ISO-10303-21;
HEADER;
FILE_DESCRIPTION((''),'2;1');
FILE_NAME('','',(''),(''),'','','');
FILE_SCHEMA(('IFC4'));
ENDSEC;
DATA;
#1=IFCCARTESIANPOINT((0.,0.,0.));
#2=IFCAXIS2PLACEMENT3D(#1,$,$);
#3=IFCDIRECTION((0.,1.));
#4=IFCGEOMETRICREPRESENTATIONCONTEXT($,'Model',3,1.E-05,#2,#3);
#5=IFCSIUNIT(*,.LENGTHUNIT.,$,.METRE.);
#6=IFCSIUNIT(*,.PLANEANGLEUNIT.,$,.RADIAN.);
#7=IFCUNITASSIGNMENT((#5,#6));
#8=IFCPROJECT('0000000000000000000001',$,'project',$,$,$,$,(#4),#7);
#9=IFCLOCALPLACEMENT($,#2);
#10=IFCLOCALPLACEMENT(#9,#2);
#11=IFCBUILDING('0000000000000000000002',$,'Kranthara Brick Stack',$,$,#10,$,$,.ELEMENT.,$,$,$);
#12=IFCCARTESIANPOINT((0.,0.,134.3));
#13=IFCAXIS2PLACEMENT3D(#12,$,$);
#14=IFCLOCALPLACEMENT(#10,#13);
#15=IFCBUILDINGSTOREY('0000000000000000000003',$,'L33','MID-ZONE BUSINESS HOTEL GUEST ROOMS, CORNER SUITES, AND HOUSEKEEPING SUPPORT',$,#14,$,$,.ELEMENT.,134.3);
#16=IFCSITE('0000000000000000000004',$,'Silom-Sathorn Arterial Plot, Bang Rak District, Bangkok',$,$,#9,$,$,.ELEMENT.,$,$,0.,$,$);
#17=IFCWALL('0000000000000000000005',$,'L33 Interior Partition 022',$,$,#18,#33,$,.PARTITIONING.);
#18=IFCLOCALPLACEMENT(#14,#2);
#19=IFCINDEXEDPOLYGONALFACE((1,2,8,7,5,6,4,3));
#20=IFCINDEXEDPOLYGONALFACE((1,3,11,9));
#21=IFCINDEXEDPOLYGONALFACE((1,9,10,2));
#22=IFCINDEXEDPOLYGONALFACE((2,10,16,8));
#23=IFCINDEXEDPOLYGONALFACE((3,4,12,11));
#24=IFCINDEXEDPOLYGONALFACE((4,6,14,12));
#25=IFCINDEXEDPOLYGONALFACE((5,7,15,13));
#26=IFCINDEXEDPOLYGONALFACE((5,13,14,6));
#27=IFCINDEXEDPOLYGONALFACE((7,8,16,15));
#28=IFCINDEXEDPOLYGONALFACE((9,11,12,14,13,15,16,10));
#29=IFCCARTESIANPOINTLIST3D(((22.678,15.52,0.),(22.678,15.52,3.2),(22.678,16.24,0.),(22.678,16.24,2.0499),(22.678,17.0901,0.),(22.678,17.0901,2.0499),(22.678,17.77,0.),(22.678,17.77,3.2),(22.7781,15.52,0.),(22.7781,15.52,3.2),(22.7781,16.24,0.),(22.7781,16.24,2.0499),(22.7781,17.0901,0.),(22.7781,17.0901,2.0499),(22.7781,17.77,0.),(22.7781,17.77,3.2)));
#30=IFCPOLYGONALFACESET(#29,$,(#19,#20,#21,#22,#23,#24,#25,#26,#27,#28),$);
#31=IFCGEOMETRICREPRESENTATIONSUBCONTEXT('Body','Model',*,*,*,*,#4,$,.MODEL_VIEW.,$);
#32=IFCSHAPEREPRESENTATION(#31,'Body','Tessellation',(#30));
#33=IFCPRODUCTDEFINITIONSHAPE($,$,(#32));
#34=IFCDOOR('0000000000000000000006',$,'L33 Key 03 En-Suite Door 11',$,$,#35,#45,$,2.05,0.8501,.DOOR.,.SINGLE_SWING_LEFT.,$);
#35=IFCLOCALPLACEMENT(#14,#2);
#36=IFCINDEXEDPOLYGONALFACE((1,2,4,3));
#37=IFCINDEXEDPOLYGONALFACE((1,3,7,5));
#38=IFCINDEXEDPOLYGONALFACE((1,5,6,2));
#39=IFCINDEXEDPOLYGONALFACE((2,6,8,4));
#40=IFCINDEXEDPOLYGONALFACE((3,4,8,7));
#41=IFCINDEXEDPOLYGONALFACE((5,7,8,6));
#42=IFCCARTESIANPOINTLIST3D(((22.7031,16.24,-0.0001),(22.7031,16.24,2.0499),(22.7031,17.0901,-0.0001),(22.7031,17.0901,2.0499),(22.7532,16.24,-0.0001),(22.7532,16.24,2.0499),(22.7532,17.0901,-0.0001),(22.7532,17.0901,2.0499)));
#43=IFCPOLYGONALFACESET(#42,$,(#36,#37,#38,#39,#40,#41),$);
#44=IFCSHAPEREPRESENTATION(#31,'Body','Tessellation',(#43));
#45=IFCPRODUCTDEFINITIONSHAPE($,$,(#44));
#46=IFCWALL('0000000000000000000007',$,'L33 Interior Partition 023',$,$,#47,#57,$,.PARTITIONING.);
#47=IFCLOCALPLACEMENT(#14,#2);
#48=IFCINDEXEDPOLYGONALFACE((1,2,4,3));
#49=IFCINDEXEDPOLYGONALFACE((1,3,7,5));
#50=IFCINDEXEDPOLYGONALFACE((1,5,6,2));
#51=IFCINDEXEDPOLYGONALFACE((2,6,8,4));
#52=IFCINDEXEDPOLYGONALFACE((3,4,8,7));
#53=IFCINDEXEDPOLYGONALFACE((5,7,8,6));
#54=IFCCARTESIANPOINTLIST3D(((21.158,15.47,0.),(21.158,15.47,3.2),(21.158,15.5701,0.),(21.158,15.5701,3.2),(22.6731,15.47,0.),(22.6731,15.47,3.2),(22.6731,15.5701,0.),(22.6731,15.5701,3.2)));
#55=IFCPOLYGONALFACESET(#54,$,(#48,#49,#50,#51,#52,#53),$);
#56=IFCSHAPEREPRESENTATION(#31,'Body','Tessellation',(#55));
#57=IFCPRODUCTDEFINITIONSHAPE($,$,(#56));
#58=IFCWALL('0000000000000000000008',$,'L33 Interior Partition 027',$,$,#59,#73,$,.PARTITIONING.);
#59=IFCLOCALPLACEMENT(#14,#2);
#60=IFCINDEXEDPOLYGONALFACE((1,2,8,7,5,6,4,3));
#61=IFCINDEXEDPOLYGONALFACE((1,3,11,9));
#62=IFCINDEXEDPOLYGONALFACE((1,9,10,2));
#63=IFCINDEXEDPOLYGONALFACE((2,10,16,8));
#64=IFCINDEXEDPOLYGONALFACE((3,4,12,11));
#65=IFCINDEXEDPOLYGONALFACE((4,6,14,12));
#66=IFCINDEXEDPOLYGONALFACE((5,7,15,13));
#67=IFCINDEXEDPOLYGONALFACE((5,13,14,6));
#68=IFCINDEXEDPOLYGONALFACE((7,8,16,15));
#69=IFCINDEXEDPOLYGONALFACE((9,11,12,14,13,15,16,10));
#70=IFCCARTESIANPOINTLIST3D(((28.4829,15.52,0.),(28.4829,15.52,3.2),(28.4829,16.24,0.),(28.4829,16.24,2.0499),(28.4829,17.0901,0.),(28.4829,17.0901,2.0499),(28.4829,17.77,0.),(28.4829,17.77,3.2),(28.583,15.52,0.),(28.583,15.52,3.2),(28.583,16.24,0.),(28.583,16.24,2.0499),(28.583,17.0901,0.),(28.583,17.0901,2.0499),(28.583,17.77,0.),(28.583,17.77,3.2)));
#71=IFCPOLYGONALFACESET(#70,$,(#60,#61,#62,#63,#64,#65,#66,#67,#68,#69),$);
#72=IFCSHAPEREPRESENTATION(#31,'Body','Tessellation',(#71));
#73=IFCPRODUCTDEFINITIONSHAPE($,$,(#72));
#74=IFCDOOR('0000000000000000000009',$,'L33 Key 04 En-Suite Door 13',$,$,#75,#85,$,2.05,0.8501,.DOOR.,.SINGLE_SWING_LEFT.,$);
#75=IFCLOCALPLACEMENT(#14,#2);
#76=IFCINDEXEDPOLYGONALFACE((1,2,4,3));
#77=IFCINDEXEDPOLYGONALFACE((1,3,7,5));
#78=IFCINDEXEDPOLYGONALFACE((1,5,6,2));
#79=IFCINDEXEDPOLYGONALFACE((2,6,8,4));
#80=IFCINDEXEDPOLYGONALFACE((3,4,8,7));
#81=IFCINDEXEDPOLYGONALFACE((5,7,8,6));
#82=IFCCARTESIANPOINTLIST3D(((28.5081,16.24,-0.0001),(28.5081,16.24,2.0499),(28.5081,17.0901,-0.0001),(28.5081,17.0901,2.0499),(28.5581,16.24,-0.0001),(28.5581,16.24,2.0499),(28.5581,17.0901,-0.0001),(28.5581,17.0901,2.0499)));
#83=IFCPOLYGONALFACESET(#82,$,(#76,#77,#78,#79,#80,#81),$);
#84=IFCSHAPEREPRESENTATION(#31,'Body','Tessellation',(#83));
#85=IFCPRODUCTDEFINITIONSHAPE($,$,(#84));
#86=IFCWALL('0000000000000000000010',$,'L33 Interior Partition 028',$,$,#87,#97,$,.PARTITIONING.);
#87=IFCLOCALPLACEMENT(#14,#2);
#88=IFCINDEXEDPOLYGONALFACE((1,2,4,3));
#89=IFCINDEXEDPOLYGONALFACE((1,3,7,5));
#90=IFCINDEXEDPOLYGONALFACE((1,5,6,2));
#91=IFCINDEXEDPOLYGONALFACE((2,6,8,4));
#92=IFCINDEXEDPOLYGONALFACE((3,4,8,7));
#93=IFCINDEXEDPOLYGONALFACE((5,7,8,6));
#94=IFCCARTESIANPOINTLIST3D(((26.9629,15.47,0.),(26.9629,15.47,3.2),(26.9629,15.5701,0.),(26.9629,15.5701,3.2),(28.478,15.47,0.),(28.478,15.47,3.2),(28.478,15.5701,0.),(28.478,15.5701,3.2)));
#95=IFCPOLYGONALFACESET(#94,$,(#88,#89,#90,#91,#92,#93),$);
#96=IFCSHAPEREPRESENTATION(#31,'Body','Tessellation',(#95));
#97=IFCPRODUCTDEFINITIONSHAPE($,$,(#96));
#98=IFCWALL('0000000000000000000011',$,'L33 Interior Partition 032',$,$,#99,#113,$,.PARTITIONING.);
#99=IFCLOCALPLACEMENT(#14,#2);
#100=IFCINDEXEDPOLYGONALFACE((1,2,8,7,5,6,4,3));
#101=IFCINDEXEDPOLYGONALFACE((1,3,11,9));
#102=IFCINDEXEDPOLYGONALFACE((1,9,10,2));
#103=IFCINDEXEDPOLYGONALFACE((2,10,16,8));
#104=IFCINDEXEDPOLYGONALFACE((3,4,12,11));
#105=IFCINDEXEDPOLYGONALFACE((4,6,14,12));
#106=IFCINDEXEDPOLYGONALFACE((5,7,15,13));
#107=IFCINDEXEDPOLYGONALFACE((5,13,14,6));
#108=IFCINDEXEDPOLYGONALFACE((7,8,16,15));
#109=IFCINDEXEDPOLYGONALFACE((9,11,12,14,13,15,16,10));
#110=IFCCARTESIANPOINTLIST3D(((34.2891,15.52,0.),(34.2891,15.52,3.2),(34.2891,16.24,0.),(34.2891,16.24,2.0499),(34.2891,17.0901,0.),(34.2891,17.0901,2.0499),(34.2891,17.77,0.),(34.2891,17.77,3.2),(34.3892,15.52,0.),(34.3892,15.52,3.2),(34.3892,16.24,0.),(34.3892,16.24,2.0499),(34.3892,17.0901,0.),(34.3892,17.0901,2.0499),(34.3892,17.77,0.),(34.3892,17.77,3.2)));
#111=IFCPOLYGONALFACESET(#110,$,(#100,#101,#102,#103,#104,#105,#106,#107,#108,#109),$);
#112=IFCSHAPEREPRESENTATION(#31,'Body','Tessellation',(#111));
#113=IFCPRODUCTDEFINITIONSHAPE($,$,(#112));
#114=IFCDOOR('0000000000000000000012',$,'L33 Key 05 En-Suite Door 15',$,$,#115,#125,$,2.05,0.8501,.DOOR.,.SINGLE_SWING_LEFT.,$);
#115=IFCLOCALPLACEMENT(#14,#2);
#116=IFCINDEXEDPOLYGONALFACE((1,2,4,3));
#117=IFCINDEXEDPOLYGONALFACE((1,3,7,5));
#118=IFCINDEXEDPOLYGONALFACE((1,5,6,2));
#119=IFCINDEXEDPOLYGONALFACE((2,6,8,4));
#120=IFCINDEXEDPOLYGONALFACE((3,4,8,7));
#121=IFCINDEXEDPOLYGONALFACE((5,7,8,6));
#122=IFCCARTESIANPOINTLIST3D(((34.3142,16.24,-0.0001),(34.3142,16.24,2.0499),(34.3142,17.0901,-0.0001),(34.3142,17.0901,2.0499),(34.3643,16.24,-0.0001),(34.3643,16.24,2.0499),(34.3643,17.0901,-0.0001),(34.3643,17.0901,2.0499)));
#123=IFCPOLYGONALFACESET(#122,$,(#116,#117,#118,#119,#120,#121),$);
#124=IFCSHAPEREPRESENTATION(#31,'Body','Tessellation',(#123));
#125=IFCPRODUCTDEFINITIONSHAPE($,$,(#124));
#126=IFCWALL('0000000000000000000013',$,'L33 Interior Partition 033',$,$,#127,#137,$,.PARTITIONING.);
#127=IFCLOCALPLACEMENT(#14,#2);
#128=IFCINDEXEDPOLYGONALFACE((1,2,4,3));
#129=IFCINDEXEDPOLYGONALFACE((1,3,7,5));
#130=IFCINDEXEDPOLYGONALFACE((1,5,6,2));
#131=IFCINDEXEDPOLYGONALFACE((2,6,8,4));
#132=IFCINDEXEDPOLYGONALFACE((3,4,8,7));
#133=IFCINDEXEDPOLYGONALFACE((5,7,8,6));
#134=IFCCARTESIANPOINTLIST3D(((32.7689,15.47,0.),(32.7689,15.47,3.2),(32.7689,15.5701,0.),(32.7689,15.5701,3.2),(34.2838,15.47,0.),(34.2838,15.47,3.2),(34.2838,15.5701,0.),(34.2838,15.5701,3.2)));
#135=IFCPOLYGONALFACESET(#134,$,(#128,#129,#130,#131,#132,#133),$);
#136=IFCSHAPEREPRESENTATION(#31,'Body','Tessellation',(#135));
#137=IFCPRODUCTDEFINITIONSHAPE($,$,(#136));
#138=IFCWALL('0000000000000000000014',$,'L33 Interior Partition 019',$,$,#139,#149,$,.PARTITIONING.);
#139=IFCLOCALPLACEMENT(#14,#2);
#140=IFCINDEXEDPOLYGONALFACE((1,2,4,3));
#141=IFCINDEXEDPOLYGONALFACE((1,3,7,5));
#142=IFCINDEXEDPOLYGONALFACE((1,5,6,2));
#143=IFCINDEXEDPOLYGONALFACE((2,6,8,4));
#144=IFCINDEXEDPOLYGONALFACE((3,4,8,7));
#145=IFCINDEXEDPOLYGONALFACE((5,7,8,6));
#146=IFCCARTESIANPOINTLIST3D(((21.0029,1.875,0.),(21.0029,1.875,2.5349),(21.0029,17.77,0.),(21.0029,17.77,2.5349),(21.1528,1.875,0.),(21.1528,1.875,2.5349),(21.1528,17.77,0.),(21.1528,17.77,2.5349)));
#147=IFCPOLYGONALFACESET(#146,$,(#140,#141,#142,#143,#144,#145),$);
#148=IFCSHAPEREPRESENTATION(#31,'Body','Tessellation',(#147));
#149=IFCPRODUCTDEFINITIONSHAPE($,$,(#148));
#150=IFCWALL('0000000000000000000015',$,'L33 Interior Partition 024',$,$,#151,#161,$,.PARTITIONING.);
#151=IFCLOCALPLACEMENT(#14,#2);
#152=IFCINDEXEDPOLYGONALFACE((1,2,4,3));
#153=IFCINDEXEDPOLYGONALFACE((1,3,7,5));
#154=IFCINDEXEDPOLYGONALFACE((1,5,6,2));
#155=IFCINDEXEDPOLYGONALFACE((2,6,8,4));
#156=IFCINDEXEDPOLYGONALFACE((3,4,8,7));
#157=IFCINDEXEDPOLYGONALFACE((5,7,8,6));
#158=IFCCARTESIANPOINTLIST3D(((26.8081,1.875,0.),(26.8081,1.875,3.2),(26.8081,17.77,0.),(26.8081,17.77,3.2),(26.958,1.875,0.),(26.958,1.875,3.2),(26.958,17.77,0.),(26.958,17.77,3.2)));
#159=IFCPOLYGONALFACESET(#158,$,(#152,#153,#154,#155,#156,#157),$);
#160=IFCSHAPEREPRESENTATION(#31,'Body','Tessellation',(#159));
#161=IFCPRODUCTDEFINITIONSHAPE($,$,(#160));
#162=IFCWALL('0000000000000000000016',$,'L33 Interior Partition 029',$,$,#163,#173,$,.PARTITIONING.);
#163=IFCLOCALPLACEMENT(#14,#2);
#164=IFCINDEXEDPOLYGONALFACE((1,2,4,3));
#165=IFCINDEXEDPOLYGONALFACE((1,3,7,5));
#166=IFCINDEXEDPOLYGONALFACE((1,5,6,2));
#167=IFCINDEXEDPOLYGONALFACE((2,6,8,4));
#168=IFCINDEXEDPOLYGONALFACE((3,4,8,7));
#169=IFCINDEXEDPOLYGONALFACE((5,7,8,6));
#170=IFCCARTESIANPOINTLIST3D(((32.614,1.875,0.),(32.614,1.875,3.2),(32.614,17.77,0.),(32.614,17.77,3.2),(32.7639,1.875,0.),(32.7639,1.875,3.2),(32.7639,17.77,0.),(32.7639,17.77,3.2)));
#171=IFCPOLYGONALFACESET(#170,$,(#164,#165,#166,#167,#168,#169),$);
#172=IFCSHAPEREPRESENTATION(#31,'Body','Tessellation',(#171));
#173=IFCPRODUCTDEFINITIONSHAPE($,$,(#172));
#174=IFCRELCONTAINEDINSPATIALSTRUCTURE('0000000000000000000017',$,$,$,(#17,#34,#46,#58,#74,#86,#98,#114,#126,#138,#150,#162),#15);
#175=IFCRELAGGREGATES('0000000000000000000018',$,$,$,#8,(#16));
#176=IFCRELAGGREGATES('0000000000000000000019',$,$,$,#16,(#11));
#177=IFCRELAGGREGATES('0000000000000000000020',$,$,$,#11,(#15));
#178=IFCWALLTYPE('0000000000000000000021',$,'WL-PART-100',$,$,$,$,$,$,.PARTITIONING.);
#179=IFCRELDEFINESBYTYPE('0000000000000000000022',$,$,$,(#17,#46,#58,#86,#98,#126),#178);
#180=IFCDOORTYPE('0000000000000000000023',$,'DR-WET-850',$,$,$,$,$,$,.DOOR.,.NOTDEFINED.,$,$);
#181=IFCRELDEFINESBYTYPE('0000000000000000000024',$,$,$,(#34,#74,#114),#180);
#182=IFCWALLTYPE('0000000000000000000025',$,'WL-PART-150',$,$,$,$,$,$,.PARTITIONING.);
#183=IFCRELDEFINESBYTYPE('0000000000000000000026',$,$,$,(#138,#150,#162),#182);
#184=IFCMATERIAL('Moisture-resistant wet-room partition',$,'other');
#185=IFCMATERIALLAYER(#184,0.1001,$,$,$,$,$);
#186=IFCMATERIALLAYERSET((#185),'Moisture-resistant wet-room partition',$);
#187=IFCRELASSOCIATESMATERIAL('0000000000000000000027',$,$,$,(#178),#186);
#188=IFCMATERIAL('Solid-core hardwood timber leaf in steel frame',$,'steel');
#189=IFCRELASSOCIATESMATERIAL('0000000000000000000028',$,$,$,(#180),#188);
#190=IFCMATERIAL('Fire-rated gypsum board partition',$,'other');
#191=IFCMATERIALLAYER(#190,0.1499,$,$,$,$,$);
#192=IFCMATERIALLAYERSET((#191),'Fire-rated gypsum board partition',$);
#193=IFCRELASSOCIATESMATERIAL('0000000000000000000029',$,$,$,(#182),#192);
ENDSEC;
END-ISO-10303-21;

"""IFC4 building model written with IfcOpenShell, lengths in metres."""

from ifc_helpers import new_model, si_unit, direction, frame, frame_2d, origin, place, context, subcontext, project, spatial, rectangle, extrude, material, layer, layer_set, type_object, element, fill, save


model = new_model("IFC4")

# Units and contexts
model_context = context("Model", 3, precision=1e-05, world=origin(), true_north=direction((0.0, 1.0)))
body_context = subcontext(model_context, "Body", "Model", "MODEL_VIEW")
ifc_project = project(units=[si_unit("LENGTHUNIT", "METRE"), si_unit("PLANEANGLEUNIT", "RADIAN")], contexts=[model_context])

# Site, building, storey
site_placement = place(None, origin())
site = spatial("IfcSite", under=ifc_project, at=site_placement, Name="Silom-Sathorn Arterial Plot, Bang Rak District, Bangkok", CompositionType="ELEMENT", RefElevation=0.0)
building_placement = place(site_placement, origin())
building = spatial("IfcBuilding", under=site, at=building_placement, Name="Kranthara Brick Stack", CompositionType="ELEMENT")
storey_placement = place(building_placement, frame((0.0, 0.0, 134.3)))
storey = spatial("IfcBuildingStorey", under=building, at=storey_placement, Name="L33", Description="MID-ZONE BUSINESS HOTEL GUEST ROOMS, CORNER SUITES, AND HOUSEKEEPING SUPPORT", CompositionType="ELEMENT", Elevation=134.3)

# Wall, opening, door
ifc_material_1 = material(Name="Moisture-resistant wet-room partition", Category="other")
ifc_layer_1 = layer(ifc_material_1, 0.1001)
ifc_layer_set_1 = layer_set([ifc_layer_1], Name="Moisture-resistant wet-room partition")
wall_type_1 = type_object("IfcWallType", Name="WL-PART-100", PredefinedType="PARTITIONING", material=ifc_layer_set_1)
wall_1_placement = place(storey_placement, frame((22.728, 15.52, 0.0), z_axis=(0.0, 0.0, 1.0), x_axis=(0.0, 1.0, 0.0)))
wall_1 = element("IfcWall", 1, at=wall_1_placement, inside=storey, type_object=wall_type_1, Name="L33 Interior Partition 022", PredefinedType="PARTITIONING", context=body_context, shape_type="SweptSolid", body=[
    extrude(rectangle(XDim=2.25, YDim=0.1001, at=frame_2d((1.125, 0.0))), origin(), (0.0, 0.0, 1.0), 3.2),
])
opening_1_placement = place(wall_1_placement, frame((0.72, 0.0, 0.0)))
opening_1 = element("IfcOpeningElement", 2, at=opening_1_placement, cuts=wall_1, PredefinedType="OPENING", context=body_context, shape_type="SweptSolid", body=[
    extrude(rectangle(XDim=0.8501, YDim=2.05, at=frame_2d((0.425, 1.0249))), frame((0.0, 0.0601, 0.0), z_axis=(0.0, -1.0, 0.0), x_axis=(1.0, 0.0, 0.0)), (0.0, 0.0, 1.0), 0.1201),
])
ifc_material_2 = material(Name="Solid-core hardwood timber leaf in steel frame", Category="steel")
door_type = type_object("IfcDoorType", Name="DR-WET-850", OperationType="NOTDEFINED", PredefinedType="DOOR", material=ifc_material_2)
door_1_placement = place(opening_1_placement, origin())
door_1 = element("IfcDoor", 3, at=door_1_placement, inside=storey, type_object=door_type, Name="L33 Key 03 En-Suite Door 11", OperationType="SINGLE_SWING_LEFT", OverallHeight=2.05, OverallWidth=0.8501, PredefinedType="DOOR", context=body_context, shape_type="SweptSolid", body=[
    extrude(rectangle(XDim=0.8501, YDim=2.05, at=frame_2d((0.425, 1.0249))), frame((0.0, 0.0249, 0.0), z_axis=(0.0, -1.0, 0.0), x_axis=(1.0, 0.0, 0.0)), (0.0, 0.0, 1.0), 0.05),
])
fill(opening_1, door_1)

# Wall
wall_2_placement = place(storey_placement, frame((21.158, 15.52, 0.0), z_axis=(0.0, 0.0, 1.0), x_axis=(1.0, 0.0, 0.0)))
element("IfcWall", 4, at=wall_2_placement, inside=storey, type_object=wall_type_1, Name="L33 Interior Partition 023", PredefinedType="PARTITIONING", context=body_context, shape_type="SweptSolid", body=[
    extrude(rectangle(XDim=1.5151, YDim=0.1001, at=frame_2d((0.7576, 0.0))), origin(), (0.0, 0.0, 1.0), 3.2),
])

# Wall, opening, door
wall_3_placement = place(storey_placement, frame((28.533, 15.52, 0.0), z_axis=(0.0, 0.0, 1.0), x_axis=(0.0, 1.0, 0.0)))
wall_3 = element("IfcWall", 5, at=wall_3_placement, inside=storey, type_object=wall_type_1, Name="L33 Interior Partition 027", PredefinedType="PARTITIONING", context=body_context, shape_type="SweptSolid", body=[
    extrude(rectangle(XDim=2.25, YDim=0.1001, at=frame_2d((1.125, 0.0))), origin(), (0.0, 0.0, 1.0), 3.2),
])
opening_2_placement = place(wall_3_placement, frame((0.72, 0.0, 0.0)))
opening_2 = element("IfcOpeningElement", 6, at=opening_2_placement, cuts=wall_3, PredefinedType="OPENING", context=body_context, shape_type="SweptSolid", body=[
    extrude(rectangle(XDim=0.8501, YDim=2.05, at=frame_2d((0.425, 1.0249))), frame((0.0, 0.0601, 0.0), z_axis=(0.0, -1.0, 0.0), x_axis=(1.0, 0.0, 0.0)), (0.0, 0.0, 1.0), 0.1201),
])
door_2_placement = place(opening_2_placement, origin())
door_2 = element("IfcDoor", 7, at=door_2_placement, inside=storey, type_object=door_type, Name="L33 Key 04 En-Suite Door 13", OperationType="SINGLE_SWING_LEFT", OverallHeight=2.05, OverallWidth=0.8501, PredefinedType="DOOR", context=body_context, shape_type="SweptSolid", body=[
    extrude(rectangle(XDim=0.8501, YDim=2.05, at=frame_2d((0.425, 1.0249))), frame((0.0, 0.0249, 0.0), z_axis=(0.0, -1.0, 0.0), x_axis=(1.0, 0.0, 0.0)), (0.0, 0.0, 1.0), 0.05),
])
fill(opening_2, door_2)

# Wall
wall_4_placement = place(storey_placement, frame((26.9629, 15.52, 0.0), z_axis=(0.0, 0.0, 1.0), x_axis=(1.0, 0.0, 0.0)))
element("IfcWall", 8, at=wall_4_placement, inside=storey, type_object=wall_type_1, Name="L33 Interior Partition 028", PredefinedType="PARTITIONING", context=body_context, shape_type="SweptSolid", body=[
    extrude(rectangle(XDim=1.5151, YDim=0.1001, at=frame_2d((0.7576, 0.0))), origin(), (0.0, 0.0, 1.0), 3.2),
])

# Wall, opening, door
wall_5_placement = place(storey_placement, frame((34.3391, 15.52, 0.0), z_axis=(0.0, 0.0, 1.0), x_axis=(0.0, 1.0, 0.0)))
wall_5 = element("IfcWall", 9, at=wall_5_placement, inside=storey, type_object=wall_type_1, Name="L33 Interior Partition 032", PredefinedType="PARTITIONING", context=body_context, shape_type="SweptSolid", body=[
    extrude(rectangle(XDim=2.25, YDim=0.1001, at=frame_2d((1.125, 0.0))), origin(), (0.0, 0.0, 1.0), 3.2),
])
opening_3_placement = place(wall_5_placement, frame((0.72, 0.0, 0.0)))
opening_3 = element("IfcOpeningElement", 10, at=opening_3_placement, cuts=wall_5, PredefinedType="OPENING", context=body_context, shape_type="SweptSolid", body=[
    extrude(rectangle(XDim=0.8501, YDim=2.05, at=frame_2d((0.425, 1.0249))), frame((0.0, 0.0601, 0.0), z_axis=(0.0, -1.0, 0.0), x_axis=(1.0, 0.0, 0.0)), (0.0, 0.0, 1.0), 0.1201),
])
door_3_placement = place(opening_3_placement, origin())
door_3 = element("IfcDoor", 11, at=door_3_placement, inside=storey, type_object=door_type, Name="L33 Key 05 En-Suite Door 15", OperationType="SINGLE_SWING_LEFT", OverallHeight=2.05, OverallWidth=0.8501, PredefinedType="DOOR", context=body_context, shape_type="SweptSolid", body=[
    extrude(rectangle(XDim=0.8501, YDim=2.05, at=frame_2d((0.425, 1.0249))), frame((0.0, 0.0249, 0.0), z_axis=(0.0, -1.0, 0.0), x_axis=(1.0, 0.0, 0.0)), (0.0, 0.0, 1.0), 0.05),
])
fill(opening_3, door_3)

# Walls
wall_6_placement = place(storey_placement, frame((32.769, 15.52, 0.0), z_axis=(0.0, 0.0, 1.0), x_axis=(1.0, 0.0, 0.0)))
element("IfcWall", 12, at=wall_6_placement, inside=storey, type_object=wall_type_1, Name="L33 Interior Partition 033", PredefinedType="PARTITIONING", context=body_context, shape_type="SweptSolid", body=[
    extrude(rectangle(XDim=1.5149, YDim=0.1001, at=frame_2d((0.7573, 0.0))), origin(), (0.0, 0.0, 1.0), 3.2),
])
ifc_material_3 = material(Name="Fire-rated gypsum board partition", Category="other")
ifc_layer_2 = layer(ifc_material_3, 0.1499)
ifc_layer_set_2 = layer_set([ifc_layer_2], Name="Fire-rated gypsum board partition")
wall_type_2 = type_object("IfcWallType", Name="WL-PART-150", PredefinedType="PARTITIONING", material=ifc_layer_set_2)
wall_7_placement = place(storey_placement, frame((21.0779, 1.875, 0.0), z_axis=(0.0, 0.0, 1.0), x_axis=(0.0, 1.0, 0.0)))
element("IfcWall", 13, at=wall_7_placement, inside=storey, type_object=wall_type_2, Name="L33 Interior Partition 019", PredefinedType="PARTITIONING", context=body_context, shape_type="SweptSolid", body=[
    extrude(rectangle(XDim=15.895, YDim=0.1499, at=frame_2d((7.9475, 0.0))), origin(), (0.0, 0.0, 1.0), 2.5349),
])
for number, where, z_axis, x_axis, name in (
    (14, (26.8831, 1.875, 0.0), (0.0, 0.0, 1.0), (0.0, 1.0, 0.0), "L33 Interior Partition 024"),
    (15, (32.689, 1.875, 0.0), (0.0, 0.0, 1.0), (0.0, 1.0, 0.0), "L33 Interior Partition 029"),
):
    element("IfcWall", number, at=place(storey_placement, frame(where, z_axis=z_axis, x_axis=x_axis)), inside=storey, type_object=wall_type_2, Name=name, PredefinedType="PARTITIONING", context=body_context, shape_type="SweptSolid", body=[
        extrude(rectangle(XDim=15.895, YDim=0.1499, at=frame_2d((7.9475, 0.0))), origin(), (0.0, 0.0, 1.0), 3.2),
    ])

save(model, "model.ifc")
